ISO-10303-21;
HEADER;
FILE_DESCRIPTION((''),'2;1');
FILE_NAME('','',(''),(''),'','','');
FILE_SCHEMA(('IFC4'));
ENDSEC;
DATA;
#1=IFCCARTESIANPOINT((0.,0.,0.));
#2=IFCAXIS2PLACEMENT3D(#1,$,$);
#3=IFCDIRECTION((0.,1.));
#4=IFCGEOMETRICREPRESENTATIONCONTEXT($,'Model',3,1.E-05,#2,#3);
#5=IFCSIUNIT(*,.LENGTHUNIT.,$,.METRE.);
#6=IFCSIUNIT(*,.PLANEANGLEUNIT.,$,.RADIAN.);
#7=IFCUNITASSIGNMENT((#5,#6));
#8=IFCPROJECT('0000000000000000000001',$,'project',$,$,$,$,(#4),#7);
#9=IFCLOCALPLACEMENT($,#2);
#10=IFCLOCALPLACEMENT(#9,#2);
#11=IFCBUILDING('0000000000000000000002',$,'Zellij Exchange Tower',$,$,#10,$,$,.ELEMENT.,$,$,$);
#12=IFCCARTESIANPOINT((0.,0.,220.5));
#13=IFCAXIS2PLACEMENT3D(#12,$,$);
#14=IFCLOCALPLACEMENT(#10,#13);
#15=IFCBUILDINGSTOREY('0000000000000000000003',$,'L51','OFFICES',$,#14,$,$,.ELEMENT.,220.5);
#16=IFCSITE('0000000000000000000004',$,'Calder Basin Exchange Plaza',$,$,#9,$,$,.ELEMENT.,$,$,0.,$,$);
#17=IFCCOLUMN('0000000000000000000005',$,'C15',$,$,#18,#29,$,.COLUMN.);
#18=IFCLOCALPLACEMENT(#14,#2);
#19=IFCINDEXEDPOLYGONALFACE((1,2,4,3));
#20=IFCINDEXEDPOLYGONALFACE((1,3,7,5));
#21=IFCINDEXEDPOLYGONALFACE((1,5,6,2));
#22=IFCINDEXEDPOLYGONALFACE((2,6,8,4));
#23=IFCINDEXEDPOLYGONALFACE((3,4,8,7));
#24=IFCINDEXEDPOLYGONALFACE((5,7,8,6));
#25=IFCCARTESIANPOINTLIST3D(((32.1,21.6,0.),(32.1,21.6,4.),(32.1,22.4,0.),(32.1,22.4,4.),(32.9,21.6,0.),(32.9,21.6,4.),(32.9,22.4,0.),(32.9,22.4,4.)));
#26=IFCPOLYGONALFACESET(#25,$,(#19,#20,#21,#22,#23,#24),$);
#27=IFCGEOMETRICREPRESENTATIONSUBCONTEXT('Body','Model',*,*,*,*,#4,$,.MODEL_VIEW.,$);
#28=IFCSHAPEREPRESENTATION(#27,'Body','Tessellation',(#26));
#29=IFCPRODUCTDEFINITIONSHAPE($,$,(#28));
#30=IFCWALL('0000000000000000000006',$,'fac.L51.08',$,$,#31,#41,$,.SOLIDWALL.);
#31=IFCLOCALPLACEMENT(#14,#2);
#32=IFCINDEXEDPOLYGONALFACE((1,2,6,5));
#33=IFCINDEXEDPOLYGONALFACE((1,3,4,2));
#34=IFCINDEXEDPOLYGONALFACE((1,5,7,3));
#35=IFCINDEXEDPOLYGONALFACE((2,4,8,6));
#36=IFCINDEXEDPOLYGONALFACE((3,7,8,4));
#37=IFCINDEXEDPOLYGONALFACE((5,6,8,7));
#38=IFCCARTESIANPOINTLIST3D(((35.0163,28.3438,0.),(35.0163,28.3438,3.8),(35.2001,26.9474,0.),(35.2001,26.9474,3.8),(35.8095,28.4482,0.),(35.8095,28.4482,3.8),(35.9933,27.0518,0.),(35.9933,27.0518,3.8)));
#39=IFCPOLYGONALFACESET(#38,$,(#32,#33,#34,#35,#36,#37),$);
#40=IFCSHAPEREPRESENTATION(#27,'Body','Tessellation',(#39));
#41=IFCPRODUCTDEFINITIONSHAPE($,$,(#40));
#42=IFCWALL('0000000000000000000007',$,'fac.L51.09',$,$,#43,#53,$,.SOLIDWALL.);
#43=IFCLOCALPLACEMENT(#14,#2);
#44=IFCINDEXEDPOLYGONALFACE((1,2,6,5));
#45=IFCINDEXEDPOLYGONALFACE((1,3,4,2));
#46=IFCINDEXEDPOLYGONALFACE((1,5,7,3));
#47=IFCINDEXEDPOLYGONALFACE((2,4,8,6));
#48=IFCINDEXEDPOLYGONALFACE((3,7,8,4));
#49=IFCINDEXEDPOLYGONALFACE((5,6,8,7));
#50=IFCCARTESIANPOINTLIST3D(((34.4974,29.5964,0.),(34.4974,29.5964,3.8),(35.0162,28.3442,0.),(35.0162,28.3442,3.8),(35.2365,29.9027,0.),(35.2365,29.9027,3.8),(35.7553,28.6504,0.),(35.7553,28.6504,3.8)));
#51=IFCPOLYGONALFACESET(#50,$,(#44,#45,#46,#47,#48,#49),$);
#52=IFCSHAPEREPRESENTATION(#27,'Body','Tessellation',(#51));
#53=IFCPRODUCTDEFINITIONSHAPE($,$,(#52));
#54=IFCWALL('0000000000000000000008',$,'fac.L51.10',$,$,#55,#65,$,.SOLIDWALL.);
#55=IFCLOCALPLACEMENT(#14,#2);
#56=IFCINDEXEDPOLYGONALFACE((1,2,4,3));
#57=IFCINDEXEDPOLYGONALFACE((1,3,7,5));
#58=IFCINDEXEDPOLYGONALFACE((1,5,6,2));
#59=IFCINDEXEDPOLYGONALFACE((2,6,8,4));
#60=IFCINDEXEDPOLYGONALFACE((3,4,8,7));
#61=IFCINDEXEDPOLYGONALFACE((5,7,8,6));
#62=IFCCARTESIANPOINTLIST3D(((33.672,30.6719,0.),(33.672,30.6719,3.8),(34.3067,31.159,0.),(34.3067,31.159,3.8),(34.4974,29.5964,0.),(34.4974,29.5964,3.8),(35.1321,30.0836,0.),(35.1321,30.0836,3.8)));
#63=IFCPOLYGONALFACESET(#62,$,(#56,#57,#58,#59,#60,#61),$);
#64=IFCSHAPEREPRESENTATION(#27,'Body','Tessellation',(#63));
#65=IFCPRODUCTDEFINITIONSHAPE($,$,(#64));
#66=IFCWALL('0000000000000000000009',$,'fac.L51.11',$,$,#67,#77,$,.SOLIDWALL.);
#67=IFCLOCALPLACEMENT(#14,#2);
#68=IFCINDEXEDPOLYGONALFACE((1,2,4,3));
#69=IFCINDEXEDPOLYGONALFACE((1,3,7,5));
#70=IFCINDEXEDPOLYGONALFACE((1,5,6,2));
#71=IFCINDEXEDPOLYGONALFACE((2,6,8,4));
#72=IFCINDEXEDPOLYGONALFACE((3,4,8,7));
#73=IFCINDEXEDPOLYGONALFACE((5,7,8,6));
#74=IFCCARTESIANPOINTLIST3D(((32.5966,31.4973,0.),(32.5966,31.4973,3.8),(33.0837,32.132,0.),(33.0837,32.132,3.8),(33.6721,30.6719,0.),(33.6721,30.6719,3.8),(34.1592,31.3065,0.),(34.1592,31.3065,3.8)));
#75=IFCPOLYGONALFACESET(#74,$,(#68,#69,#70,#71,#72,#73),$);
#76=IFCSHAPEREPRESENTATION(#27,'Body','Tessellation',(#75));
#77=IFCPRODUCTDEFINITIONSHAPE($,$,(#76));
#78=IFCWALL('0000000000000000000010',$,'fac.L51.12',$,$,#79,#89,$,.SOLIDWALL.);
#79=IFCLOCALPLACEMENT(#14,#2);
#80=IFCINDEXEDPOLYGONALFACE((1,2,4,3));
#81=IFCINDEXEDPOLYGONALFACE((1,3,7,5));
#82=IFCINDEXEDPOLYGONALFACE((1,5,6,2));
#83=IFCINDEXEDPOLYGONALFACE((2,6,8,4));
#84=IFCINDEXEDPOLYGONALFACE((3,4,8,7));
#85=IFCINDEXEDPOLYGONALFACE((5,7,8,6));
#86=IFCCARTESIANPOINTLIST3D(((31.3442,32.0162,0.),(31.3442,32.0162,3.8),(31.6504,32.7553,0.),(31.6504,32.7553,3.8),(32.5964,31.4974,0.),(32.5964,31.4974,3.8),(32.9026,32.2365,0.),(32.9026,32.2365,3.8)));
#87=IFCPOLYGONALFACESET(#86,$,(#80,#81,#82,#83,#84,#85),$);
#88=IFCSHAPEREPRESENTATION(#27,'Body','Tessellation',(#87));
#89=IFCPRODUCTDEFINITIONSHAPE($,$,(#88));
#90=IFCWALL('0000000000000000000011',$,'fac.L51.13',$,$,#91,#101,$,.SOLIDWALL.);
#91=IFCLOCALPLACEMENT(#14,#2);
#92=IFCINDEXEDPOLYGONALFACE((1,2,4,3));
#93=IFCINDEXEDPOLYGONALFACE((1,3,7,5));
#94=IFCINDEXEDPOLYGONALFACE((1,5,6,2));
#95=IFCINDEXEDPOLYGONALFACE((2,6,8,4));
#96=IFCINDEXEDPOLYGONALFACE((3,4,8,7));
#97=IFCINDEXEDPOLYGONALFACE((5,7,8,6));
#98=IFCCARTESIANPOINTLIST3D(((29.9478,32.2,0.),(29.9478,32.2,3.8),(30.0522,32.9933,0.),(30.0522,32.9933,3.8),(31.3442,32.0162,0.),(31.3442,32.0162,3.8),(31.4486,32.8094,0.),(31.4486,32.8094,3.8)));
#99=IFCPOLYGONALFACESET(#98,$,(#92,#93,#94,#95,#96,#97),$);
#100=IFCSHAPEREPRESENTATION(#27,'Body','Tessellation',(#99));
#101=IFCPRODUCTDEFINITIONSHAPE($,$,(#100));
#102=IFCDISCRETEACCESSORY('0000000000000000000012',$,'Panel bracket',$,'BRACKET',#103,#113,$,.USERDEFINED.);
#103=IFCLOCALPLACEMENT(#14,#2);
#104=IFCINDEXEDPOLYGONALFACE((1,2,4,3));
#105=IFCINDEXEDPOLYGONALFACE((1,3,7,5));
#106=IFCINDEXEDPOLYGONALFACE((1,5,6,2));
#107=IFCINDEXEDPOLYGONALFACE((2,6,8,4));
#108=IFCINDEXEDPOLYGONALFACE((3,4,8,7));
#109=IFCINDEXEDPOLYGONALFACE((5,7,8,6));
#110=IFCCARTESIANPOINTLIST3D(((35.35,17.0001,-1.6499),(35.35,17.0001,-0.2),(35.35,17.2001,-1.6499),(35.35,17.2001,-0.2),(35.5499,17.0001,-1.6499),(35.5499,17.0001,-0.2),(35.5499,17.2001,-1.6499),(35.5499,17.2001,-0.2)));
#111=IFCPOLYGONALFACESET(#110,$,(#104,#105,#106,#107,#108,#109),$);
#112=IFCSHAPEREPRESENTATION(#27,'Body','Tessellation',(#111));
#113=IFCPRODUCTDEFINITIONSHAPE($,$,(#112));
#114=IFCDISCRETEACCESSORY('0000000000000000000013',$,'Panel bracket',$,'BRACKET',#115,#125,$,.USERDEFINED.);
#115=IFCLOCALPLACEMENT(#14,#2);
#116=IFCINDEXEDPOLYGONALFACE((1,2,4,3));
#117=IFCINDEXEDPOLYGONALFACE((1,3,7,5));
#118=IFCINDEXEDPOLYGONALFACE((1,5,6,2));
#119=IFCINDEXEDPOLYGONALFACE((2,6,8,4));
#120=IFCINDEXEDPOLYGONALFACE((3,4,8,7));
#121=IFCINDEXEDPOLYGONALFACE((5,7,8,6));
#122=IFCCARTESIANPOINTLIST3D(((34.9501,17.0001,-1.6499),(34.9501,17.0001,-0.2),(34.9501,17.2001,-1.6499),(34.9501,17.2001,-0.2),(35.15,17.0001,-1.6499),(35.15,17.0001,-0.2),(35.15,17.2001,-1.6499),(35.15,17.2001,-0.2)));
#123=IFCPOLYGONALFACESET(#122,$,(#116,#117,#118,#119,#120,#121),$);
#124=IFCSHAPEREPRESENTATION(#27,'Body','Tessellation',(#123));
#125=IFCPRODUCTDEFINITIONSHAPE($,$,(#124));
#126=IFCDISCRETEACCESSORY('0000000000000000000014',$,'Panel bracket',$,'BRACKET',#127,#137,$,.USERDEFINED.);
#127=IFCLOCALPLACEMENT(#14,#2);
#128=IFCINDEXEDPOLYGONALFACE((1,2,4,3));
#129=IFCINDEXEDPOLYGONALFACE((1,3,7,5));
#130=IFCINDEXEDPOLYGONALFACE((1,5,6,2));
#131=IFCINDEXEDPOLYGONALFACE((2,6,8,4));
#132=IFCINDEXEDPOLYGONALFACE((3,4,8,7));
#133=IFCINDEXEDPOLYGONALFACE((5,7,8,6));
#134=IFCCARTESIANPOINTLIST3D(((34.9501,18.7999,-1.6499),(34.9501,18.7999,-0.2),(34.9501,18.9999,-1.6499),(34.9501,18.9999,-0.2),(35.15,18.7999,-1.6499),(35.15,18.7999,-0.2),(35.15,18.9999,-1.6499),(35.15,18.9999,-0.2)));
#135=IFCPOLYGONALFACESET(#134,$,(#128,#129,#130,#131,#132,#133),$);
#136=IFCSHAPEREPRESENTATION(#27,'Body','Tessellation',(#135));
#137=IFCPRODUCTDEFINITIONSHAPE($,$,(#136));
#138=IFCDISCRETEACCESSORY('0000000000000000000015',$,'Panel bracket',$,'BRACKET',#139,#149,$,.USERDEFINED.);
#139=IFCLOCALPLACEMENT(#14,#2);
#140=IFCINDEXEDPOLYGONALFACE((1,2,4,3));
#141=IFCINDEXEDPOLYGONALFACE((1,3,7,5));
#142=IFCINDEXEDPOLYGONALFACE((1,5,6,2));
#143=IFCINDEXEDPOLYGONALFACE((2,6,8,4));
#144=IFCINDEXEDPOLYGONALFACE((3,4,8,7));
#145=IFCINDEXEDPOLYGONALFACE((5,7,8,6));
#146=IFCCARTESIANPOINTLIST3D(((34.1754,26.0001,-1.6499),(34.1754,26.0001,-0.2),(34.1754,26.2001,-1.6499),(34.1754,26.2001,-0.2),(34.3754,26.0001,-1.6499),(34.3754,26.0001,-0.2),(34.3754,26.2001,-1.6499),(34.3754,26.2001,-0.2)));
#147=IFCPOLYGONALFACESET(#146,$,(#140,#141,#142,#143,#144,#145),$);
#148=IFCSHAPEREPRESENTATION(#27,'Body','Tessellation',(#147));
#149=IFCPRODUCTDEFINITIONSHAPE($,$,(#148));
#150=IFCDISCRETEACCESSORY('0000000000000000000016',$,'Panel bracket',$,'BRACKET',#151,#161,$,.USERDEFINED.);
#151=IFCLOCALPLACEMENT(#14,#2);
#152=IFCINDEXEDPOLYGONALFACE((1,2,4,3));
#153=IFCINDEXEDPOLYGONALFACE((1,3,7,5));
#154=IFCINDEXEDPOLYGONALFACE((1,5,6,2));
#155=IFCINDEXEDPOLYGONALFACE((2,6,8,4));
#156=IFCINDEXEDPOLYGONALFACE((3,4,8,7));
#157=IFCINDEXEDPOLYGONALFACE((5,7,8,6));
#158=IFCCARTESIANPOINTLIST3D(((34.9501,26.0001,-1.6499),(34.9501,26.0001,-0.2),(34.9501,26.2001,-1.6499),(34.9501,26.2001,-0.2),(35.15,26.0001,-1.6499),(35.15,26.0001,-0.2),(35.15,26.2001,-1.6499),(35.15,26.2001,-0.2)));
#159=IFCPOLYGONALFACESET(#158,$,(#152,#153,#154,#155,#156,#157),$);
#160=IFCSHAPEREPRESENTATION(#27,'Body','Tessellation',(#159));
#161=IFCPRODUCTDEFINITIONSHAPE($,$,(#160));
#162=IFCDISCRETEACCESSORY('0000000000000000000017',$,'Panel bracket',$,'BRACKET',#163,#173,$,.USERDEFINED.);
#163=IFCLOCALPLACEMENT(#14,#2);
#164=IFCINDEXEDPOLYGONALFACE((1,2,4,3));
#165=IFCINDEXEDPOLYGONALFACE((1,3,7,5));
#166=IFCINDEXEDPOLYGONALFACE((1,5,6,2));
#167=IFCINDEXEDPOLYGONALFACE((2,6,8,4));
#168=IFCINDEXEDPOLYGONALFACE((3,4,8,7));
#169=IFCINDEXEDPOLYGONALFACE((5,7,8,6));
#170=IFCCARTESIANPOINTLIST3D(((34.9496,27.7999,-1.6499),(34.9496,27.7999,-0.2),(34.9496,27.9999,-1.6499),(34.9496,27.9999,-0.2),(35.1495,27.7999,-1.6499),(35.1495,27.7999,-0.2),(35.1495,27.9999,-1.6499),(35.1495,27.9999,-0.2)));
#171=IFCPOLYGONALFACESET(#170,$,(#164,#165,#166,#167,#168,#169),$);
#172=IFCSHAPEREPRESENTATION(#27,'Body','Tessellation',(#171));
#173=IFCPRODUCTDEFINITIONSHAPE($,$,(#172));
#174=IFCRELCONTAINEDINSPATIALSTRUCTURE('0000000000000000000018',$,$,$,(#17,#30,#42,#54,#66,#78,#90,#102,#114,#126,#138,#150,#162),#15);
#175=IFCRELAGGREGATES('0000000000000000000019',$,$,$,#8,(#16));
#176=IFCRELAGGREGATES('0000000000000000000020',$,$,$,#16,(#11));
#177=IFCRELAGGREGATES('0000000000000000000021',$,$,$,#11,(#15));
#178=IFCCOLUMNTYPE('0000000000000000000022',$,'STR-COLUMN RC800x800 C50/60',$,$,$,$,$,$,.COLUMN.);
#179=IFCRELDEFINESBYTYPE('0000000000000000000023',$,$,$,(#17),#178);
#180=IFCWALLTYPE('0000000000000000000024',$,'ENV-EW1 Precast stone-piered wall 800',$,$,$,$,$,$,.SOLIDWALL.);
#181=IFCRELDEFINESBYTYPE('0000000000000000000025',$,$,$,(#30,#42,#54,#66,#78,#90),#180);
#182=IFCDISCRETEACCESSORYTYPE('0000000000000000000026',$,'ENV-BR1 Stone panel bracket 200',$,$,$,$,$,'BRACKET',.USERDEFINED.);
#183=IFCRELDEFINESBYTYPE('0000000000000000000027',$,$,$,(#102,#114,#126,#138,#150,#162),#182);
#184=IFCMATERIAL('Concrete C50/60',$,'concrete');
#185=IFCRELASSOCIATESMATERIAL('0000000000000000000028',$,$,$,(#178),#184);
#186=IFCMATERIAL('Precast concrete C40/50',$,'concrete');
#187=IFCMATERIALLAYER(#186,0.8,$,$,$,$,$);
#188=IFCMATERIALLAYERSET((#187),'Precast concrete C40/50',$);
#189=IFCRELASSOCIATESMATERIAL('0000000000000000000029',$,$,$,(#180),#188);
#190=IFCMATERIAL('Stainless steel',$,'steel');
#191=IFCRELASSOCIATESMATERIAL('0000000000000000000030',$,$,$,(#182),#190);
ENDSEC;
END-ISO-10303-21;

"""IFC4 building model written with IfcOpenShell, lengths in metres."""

from ifc_helpers import new_model, si_unit, direction, frame, frame_2d, origin, origin_2d, place, context, subcontext, project, spatial, rectangle, extrude, material, layer, layer_set, material_profile, profile_set, type_object, element, save


model = new_model("IFC4")

# Units and contexts
model_context = context("Model", 3, precision=1e-05, world=origin(), true_north=direction((0.0, 1.0)))
body_context = subcontext(model_context, "Body", "Model", "MODEL_VIEW")
ifc_project = project(units=[si_unit("LENGTHUNIT", "METRE"), si_unit("PLANEANGLEUNIT", "RADIAN")], contexts=[model_context])

# Site, building, storey
site_placement = place(None, origin())
site = spatial("IfcSite", under=ifc_project, at=site_placement, Name="Calder Basin Exchange Plaza", CompositionType="ELEMENT", RefElevation=0.0)
building_placement = place(site_placement, origin())
building = spatial("IfcBuilding", under=site, at=building_placement, Name="Zellij Exchange Tower", CompositionType="ELEMENT")
storey_placement = place(building_placement, frame((0.0, 0.0, 220.5)))
storey = spatial("IfcBuildingStorey", under=building, at=storey_placement, Name="L51", Description="OFFICES", CompositionType="ELEMENT", Elevation=220.5)

# Column
ifc_material_1 = material(Name="Concrete C50/60", Category="concrete")
ifc_material_profile = material_profile(ifc_material_1, rectangle(XDim=0.8, YDim=0.8, at=origin_2d()), Name="STR-COLUMN RC800x800 C50/60")
ifc_profile_set = profile_set([ifc_material_profile], Name="Concrete C50/60")
column_type = type_object("IfcColumnType", Name="STR-COLUMN RC800x800 C50/60", PredefinedType="COLUMN", material=ifc_profile_set)
column_placement = place(storey_placement, frame((32.5, 22.0, 0.0), z_axis=(0.0, 0.0, 1.0), x_axis=(1.0, 0.0, 0.0)))
element("IfcColumn", 1, at=column_placement, inside=storey, type_object=column_type, Name="C15", PredefinedType="COLUMN", context=body_context, shape_type="SweptSolid", body=[
    extrude(rectangle(XDim=0.8, YDim=0.8, at=origin_2d()), origin(), (0.0, 0.0, 1.0), 4.0),
])

# Walls
ifc_material_2 = material(Name="Precast concrete C40/50", Category="concrete")
ifc_layer = layer(ifc_material_2, 0.8)
ifc_layer_set = layer_set([ifc_layer], Name="Precast concrete C40/50")
wall_type = type_object("IfcWallType", Name="ENV-EW1 Precast stone-piered wall 800", PredefinedType="SOLIDWALL", material=ifc_layer_set)
wall_1_placement = place(storey_placement, frame((35.5967, 26.9998, 0.0), z_axis=(0.0, 0.0, 1.0), x_axis=(-0.130517, 0.991446, 0.0)))
element("IfcWall", 2, at=wall_1_placement, inside=storey, type_object=wall_type, Name="fac.L51.08", PredefinedType="SOLIDWALL", context=body_context, shape_type="SweptSolid", body=[
    extrude(rectangle(XDim=1.4084, YDim=0.8, at=frame_2d((0.7041, 0.0))), origin(), (0.0, 0.0, 1.0), 3.8),
])
wall_2_placement = place(storey_placement, frame((35.3857, 28.4973, 0.0), z_axis=(0.0, 0.0, 1.0), x_axis=(-0.38276, 0.923848, 0.0)))
element("IfcWall", 3, at=wall_2_placement, inside=storey, type_object=wall_type, Name="fac.L51.09", PredefinedType="SOLIDWALL", context=body_context, shape_type="SweptSolid", body=[
    extrude(rectangle(XDim=1.3555, YDim=0.8, at=frame_2d((0.6777, 0.0))), origin(), (0.0, 0.0, 1.0), 3.8),
])
for number, where, z_axis, x_axis, name in (
    (4, (34.8147, 29.8401, 0.0), (0.0, 0.0, 1.0), (-0.608866, 0.793273, 0.0), "fac.L51.10"),
    (5, (33.9155, 30.9893, 0.0), (0.0, 0.0, 1.0), (-0.793273, 0.608866, 0.0), "fac.L51.11"),
):
    element("IfcWall", number, at=place(storey_placement, frame(where, z_axis=z_axis, x_axis=x_axis)), inside=storey, type_object=wall_type, Name=name, PredefinedType="SOLIDWALL", context=body_context, shape_type="SweptSolid", body=[
        extrude(rectangle(XDim=1.3557, YDim=0.8, at=frame_2d((0.6777, 0.0))), origin(), (0.0, 0.0, 1.0), 3.8),
    ])
wall_3_placement = place(storey_placement, frame((32.7495, 31.8669, 0.0), z_axis=(0.0, 0.0, 1.0), x_axis=(-0.923848, 0.38276, 0.0)))
element("IfcWall", 6, at=wall_3_placement, inside=storey, type_object=wall_type, Name="fac.L51.12", PredefinedType="SOLIDWALL", context=body_context, shape_type="SweptSolid", body=[
    extrude(rectangle(XDim=1.3555, YDim=0.8, at=frame_2d((0.6777, 0.0))), origin(), (0.0, 0.0, 1.0), 3.8),
])
wall_4_placement = place(storey_placement, frame((31.3962, 32.4128, 0.0), z_axis=(0.0, 0.0, 1.0), x_axis=(-0.991446, 0.130517, 0.0)))
element("IfcWall", 7, at=wall_4_placement, inside=storey, type_object=wall_type, Name="fac.L51.13", PredefinedType="SOLIDWALL", context=body_context, shape_type="SweptSolid", body=[
    extrude(rectangle(XDim=1.4084, YDim=0.8, at=frame_2d((0.7041, 0.0))), origin(), (0.0, 0.0, 1.0), 3.8),
])

# Discrete accessories
ifc_material_3 = material(Name="Stainless steel", Category="steel")
discrete_accessory_type = type_object("IfcDiscreteAccessoryType", Name="ENV-BR1 Stone panel bracket 200", ElementType="BRACKET", PredefinedType="USERDEFINED", material=ifc_material_3)
for number, where, z_axis, x_axis, name in (
    (8, (35.45, 17.1001, -1.6499), (0.0, 0.0, 1.0), (1.0, 0.0, 0.0), "Panel bracket"),
    (9, (35.05, 17.1001, -1.6499), (0.0, 0.0, 1.0), (1.0, 0.0, 0.0), "Panel bracket"),
    (10, (35.05, 18.8999, -1.6499), (0.0, 0.0, 1.0), (1.0, 0.0, 0.0), "Panel bracket"),
    (11, (34.2754, 26.1001, -1.6499), (0.0, 0.0, 1.0), (1.0, 0.0, 0.0), "Panel bracket"),
    (12, (35.05, 26.1001, -1.6499), (0.0, 0.0, 1.0), (1.0, 0.0, 0.0), "Panel bracket"),
    (13, (35.0496, 27.8999, -1.6499), (0.0, 0.0, 1.0), (1.0, 0.0, 0.0), "Panel bracket"),
):
    element("IfcDiscreteAccessory", number, at=place(storey_placement, frame(where, z_axis=z_axis, x_axis=x_axis)), inside=storey, type_object=discrete_accessory_type, Name=name, ObjectType="BRACKET", PredefinedType="USERDEFINED", context=body_context, shape_type="SweptSolid", body=[
        extrude(rectangle(XDim=0.2, YDim=0.2, at=origin_2d()), origin(), (0.0, 0.0, 1.0), 1.45),
    ])

save(model, "model.ifc")
